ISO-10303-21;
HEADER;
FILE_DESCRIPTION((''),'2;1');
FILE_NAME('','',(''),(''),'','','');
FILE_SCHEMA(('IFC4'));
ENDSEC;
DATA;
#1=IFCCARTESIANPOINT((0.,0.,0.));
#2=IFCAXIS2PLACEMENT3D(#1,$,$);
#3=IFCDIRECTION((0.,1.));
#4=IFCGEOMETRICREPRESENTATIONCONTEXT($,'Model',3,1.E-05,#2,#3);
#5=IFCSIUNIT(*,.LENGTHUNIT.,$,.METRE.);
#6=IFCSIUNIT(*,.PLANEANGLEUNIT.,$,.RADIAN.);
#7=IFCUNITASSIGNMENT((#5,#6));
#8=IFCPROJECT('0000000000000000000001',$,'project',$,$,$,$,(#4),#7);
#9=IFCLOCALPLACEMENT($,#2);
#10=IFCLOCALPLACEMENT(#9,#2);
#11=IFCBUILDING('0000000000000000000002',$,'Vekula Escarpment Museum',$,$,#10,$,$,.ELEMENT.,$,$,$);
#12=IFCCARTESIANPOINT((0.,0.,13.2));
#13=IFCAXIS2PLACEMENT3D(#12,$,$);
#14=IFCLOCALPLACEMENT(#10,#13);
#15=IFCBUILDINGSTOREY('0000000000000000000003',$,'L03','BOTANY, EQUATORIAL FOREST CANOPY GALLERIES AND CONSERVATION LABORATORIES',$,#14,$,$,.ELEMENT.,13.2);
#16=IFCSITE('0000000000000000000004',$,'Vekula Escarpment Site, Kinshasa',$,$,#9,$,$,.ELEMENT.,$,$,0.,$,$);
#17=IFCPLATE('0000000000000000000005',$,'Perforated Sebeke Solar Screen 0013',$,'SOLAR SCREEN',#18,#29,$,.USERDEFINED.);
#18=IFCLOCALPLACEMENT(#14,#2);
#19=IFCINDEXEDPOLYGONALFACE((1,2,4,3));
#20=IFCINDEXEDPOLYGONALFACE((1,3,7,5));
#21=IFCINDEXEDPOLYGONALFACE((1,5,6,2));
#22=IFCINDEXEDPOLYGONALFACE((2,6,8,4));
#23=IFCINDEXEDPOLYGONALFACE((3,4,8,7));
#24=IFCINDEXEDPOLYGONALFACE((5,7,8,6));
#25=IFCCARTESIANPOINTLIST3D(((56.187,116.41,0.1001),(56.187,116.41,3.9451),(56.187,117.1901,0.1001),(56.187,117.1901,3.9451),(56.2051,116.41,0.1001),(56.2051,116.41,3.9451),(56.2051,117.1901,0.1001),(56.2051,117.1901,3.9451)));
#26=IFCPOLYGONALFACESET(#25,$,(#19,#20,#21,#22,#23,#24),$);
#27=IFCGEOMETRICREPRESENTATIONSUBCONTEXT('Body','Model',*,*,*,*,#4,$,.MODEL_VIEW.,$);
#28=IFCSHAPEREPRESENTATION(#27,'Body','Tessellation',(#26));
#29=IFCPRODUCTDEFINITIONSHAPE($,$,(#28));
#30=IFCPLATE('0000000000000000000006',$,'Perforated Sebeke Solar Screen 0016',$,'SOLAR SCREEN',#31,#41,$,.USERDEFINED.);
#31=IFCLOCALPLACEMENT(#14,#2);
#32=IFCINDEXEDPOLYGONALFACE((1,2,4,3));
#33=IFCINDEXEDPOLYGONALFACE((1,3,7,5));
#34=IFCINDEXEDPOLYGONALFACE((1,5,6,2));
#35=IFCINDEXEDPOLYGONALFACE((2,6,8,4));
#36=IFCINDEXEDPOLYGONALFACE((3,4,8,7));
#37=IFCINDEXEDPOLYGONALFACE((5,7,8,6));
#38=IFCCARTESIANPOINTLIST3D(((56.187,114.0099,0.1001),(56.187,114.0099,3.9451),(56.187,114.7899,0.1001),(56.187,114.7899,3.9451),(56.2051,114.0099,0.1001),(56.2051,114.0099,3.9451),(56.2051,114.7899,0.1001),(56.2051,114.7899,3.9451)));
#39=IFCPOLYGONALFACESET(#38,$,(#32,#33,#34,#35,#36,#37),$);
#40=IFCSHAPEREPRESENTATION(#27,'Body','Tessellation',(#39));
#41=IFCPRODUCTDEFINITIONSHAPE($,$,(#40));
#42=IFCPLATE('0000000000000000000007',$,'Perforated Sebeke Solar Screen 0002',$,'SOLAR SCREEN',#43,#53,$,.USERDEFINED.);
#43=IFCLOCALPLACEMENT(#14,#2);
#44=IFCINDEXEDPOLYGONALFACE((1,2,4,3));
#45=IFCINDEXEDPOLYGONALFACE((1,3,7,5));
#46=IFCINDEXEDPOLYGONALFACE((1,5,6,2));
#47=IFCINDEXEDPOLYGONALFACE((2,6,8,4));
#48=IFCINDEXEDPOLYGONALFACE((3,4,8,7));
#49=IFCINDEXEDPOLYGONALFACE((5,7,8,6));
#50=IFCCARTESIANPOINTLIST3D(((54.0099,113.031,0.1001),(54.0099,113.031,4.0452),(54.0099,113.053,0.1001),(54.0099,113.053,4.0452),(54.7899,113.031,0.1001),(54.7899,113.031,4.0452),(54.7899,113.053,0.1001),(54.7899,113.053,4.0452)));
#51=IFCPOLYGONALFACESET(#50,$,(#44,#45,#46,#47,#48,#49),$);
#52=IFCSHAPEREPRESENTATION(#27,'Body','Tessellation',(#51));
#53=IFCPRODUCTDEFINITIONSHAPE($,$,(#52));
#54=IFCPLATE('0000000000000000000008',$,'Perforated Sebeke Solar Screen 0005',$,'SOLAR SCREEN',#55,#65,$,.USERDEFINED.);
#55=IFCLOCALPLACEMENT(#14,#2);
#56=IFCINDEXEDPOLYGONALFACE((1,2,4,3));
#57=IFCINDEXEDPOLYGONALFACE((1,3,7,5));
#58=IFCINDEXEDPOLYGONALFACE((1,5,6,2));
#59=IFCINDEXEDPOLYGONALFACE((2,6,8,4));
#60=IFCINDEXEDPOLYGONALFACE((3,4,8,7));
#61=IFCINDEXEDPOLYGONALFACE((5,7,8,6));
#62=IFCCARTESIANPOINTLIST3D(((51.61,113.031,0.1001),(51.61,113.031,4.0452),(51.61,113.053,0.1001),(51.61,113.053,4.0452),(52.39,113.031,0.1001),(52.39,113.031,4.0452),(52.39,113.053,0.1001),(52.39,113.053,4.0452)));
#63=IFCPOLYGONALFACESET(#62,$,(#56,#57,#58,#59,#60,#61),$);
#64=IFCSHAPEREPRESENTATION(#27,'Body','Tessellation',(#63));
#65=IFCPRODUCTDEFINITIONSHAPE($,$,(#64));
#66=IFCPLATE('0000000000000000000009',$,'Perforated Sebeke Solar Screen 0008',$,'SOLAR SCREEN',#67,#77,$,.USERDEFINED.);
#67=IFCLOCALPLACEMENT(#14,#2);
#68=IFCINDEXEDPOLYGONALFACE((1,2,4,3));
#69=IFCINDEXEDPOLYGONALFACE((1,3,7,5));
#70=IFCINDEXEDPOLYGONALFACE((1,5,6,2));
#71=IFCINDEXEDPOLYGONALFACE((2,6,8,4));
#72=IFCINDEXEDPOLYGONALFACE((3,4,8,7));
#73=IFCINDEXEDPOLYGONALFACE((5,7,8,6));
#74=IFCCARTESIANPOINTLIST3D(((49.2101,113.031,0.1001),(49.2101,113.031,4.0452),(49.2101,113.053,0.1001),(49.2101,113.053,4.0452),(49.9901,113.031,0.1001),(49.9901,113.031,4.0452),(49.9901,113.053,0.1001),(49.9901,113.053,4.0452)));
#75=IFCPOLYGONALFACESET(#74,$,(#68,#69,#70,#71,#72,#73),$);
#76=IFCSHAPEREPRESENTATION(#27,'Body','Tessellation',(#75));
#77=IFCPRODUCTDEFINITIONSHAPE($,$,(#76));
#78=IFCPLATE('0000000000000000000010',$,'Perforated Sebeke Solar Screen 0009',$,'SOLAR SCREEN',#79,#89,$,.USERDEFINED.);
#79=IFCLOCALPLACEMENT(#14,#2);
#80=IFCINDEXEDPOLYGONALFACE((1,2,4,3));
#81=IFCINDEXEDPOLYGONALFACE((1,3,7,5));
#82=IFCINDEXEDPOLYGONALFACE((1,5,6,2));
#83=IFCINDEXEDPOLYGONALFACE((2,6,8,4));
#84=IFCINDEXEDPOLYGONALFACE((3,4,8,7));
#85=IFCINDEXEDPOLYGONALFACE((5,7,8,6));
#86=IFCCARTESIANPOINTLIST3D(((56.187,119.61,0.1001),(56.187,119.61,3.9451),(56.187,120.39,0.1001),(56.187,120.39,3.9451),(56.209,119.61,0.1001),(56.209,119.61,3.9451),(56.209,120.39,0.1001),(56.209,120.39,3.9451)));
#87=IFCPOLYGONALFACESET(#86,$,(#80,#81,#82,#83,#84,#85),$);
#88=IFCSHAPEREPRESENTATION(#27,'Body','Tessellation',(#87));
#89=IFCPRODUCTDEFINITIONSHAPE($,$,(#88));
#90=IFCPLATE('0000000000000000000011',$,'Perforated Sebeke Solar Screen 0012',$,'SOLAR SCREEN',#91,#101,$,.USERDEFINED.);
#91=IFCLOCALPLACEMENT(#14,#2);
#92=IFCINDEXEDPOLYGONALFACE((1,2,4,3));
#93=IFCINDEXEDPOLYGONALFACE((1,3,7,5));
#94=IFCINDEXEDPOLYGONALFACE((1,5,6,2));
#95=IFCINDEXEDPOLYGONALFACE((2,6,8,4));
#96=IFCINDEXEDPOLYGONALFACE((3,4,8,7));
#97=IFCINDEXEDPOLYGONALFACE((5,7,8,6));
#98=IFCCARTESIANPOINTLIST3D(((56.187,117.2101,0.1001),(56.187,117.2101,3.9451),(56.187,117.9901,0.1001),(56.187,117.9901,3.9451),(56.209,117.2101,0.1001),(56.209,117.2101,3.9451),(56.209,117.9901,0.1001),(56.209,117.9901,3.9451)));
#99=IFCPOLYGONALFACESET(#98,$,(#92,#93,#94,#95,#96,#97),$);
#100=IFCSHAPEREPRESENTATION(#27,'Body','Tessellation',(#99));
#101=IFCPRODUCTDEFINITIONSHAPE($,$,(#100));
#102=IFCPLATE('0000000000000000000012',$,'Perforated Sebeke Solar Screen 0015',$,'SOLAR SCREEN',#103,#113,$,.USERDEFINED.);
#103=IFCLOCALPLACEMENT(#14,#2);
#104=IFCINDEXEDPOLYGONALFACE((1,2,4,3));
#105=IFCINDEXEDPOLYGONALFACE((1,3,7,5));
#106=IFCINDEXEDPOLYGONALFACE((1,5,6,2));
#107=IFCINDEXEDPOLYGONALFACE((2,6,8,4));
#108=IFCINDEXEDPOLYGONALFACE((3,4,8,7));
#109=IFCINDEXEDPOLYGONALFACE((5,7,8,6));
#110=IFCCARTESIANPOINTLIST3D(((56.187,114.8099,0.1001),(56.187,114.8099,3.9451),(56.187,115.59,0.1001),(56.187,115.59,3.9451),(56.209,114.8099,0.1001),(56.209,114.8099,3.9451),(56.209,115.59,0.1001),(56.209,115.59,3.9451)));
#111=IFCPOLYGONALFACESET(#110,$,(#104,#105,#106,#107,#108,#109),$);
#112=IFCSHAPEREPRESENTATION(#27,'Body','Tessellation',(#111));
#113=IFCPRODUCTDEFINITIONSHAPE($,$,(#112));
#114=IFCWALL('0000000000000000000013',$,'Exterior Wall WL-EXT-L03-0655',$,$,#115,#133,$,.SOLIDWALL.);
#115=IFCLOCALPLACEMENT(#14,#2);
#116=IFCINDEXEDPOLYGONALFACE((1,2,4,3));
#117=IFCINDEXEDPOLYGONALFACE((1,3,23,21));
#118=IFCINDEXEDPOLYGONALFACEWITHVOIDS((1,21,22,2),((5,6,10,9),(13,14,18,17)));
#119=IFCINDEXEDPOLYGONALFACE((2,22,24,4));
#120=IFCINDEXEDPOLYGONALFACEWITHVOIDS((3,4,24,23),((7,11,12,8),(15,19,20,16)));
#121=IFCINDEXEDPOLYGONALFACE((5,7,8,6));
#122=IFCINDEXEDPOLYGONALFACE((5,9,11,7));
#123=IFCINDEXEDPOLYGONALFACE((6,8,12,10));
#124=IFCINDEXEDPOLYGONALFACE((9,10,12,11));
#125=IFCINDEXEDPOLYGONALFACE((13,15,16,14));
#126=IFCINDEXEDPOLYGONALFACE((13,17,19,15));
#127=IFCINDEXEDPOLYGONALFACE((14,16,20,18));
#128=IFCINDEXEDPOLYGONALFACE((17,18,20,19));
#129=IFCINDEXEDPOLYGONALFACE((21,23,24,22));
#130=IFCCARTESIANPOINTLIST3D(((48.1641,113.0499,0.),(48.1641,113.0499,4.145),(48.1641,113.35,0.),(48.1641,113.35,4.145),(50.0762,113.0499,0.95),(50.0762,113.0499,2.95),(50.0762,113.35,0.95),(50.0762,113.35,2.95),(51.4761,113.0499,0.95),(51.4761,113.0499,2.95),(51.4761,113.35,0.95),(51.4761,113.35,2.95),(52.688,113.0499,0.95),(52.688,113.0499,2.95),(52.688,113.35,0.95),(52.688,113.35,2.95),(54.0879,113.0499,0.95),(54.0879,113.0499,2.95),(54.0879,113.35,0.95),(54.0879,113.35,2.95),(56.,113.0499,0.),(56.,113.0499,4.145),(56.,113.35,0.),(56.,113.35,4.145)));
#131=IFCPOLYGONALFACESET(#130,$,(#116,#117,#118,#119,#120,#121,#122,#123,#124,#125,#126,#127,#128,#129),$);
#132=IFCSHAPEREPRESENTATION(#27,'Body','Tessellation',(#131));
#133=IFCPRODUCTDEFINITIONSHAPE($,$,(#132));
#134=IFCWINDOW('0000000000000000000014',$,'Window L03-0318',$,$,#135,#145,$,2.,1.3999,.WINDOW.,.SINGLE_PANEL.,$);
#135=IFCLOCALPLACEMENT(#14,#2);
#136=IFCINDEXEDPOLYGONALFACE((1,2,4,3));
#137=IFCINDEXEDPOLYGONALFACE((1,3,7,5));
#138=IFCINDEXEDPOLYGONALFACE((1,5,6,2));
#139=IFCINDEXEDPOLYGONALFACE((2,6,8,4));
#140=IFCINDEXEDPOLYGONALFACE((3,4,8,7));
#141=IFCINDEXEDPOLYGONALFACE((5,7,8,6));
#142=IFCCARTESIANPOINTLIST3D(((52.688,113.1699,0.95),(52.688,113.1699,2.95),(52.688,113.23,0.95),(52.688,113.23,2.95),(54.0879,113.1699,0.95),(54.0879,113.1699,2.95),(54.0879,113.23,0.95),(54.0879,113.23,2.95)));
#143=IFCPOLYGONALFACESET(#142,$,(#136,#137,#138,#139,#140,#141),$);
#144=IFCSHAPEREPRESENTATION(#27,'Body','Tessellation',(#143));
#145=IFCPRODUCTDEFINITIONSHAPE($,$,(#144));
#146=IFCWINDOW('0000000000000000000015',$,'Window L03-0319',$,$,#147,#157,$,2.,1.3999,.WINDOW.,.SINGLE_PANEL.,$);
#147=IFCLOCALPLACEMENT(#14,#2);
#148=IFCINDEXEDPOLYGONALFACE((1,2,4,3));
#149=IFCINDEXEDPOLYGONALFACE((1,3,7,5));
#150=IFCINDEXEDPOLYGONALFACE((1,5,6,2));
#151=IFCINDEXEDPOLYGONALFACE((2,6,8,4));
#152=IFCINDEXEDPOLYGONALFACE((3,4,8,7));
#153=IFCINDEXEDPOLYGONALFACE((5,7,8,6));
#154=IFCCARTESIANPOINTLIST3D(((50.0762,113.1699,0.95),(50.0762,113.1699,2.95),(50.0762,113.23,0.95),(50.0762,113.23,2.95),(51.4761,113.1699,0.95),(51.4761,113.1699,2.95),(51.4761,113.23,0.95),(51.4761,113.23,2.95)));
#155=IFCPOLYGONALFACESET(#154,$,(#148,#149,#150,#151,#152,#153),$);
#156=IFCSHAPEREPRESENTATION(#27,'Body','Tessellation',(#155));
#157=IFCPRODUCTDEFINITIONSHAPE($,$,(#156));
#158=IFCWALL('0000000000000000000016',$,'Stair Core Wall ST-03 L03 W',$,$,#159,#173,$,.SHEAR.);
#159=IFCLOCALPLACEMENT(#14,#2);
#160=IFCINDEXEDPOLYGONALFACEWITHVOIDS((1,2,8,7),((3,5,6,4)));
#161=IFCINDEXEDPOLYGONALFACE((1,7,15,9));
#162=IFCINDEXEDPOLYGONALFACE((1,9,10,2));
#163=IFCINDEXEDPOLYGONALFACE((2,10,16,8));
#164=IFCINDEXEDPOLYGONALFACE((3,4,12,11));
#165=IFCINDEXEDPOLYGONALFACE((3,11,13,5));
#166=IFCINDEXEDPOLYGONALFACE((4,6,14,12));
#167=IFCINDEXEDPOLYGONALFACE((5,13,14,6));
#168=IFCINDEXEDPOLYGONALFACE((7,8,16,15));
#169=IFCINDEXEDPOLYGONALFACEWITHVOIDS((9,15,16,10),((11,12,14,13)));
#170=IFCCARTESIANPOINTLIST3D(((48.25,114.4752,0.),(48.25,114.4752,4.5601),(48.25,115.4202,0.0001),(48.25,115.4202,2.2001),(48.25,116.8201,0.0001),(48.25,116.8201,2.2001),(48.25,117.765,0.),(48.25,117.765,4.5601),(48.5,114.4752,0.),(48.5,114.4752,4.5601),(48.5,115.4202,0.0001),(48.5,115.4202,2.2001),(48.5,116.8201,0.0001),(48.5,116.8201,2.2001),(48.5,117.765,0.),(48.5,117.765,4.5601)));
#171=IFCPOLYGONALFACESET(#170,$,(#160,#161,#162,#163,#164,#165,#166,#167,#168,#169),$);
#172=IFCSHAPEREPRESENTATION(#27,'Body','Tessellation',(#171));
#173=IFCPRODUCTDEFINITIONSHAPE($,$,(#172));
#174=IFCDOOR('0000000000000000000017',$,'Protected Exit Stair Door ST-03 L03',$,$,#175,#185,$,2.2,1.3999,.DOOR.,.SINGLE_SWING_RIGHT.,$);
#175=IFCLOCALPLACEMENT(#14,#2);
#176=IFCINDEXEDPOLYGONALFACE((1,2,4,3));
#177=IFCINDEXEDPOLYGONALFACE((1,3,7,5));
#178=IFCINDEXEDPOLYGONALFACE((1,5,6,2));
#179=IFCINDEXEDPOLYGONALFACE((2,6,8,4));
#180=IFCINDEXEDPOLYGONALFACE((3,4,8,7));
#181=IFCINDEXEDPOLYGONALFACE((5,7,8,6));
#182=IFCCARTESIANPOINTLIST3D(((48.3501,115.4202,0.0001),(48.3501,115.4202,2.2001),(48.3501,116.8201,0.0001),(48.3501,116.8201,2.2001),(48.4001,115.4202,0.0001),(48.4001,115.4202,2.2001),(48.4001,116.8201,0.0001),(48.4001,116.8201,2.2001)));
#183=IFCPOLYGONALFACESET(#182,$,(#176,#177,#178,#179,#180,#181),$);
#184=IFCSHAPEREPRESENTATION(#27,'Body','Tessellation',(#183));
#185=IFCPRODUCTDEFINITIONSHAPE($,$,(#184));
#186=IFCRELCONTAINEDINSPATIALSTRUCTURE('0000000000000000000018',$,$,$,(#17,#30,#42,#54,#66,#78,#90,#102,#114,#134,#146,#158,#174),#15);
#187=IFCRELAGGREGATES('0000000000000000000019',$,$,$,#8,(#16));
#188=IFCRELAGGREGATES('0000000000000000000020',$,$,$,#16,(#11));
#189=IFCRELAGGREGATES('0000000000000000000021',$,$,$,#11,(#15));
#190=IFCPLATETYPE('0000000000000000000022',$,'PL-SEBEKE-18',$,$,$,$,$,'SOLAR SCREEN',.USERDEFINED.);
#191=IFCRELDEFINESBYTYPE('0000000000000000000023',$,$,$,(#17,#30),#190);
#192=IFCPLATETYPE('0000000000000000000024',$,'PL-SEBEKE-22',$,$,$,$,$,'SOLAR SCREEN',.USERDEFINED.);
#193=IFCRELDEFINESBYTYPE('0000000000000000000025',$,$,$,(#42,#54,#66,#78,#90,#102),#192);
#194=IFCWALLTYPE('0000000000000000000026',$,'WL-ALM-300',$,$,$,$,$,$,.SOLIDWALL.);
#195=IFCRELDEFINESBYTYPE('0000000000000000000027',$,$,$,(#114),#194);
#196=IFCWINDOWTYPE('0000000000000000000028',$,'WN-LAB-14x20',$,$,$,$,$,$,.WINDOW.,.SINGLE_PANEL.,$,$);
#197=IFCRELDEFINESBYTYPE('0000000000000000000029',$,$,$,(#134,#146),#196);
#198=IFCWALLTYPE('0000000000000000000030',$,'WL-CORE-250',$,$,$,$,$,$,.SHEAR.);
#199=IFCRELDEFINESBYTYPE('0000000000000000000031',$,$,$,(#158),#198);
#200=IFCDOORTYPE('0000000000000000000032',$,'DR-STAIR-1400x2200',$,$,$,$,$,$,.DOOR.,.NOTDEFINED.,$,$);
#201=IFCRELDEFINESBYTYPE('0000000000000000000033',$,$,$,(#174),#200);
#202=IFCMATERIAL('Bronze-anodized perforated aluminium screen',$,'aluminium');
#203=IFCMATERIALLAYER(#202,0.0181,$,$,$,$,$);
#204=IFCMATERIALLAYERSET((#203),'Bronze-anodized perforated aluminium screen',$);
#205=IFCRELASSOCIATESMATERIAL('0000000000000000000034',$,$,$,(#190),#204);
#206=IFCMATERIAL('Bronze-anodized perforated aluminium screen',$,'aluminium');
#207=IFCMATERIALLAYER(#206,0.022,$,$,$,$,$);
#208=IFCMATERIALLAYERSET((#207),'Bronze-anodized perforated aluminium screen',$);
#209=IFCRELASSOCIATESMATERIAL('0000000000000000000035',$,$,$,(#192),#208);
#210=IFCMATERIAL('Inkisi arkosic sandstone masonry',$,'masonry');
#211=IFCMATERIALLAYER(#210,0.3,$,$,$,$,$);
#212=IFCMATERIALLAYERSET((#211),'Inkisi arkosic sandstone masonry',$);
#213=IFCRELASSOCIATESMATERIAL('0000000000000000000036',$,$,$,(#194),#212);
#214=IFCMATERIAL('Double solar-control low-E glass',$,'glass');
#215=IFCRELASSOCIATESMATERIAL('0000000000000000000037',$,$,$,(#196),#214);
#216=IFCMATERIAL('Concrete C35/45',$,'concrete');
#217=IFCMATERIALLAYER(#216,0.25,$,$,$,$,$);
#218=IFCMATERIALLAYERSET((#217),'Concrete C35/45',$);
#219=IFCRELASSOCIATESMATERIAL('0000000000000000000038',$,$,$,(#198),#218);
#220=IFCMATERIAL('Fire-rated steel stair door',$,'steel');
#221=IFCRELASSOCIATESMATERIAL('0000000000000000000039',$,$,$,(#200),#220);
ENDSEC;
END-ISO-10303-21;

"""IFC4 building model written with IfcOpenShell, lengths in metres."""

from ifc_helpers import new_model, si_unit, direction, frame, frame_2d, origin, origin_2d, place, context, subcontext, project, spatial, rectangle, extrude, material, layer, layer_set, type_object, element, fill, save


model = new_model("IFC4")

# Units and contexts
model_context = context("Model", 3, precision=1e-05, world=origin(), true_north=direction((0.0, 1.0)))
body_context = subcontext(model_context, "Body", "Model", "MODEL_VIEW")
ifc_project = project(units=[si_unit("LENGTHUNIT", "METRE"), si_unit("PLANEANGLEUNIT", "RADIAN")], contexts=[model_context])

# Site, building, storey
site_placement = place(None, origin())
site = spatial("IfcSite", under=ifc_project, at=site_placement, Name="Vekula Escarpment Site, Kinshasa", CompositionType="ELEMENT", RefElevation=0.0)
building_placement = place(site_placement, origin())
building = spatial("IfcBuilding", under=site, at=building_placement, Name="Vekula Escarpment Museum", CompositionType="ELEMENT")
storey_placement = place(building_placement, frame((0.0, 0.0, 13.2)))
storey = spatial("IfcBuildingStorey", under=building, at=storey_placement, Name="L03", Description="BOTANY, EQUATORIAL FOREST CANOPY GALLERIES AND CONSERVATION LABORATORIES", CompositionType="ELEMENT", Elevation=13.2)

# Plates
ifc_material_1 = material(Name="Bronze-anodized perforated aluminium screen", Category="aluminium")
ifc_layer_1 = layer(ifc_material_1, 0.0181)
ifc_layer_set_1 = layer_set([ifc_layer_1], Name="Bronze-anodized perforated aluminium screen")
plate_type_1 = type_object("IfcPlateType", Name="PL-SEBEKE-18", ElementType="SOLAR SCREEN", PredefinedType="USERDEFINED", material=ifc_layer_set_1)
for number, where, z_axis, x_axis, name in (
    (1, (56.196, 116.8, 0.1001), (0.0, 0.0, 1.0), (0.0, 1.0, 0.0), "Perforated Sebeke Solar Screen 0013"),
    (2, (56.196, 114.3999, 0.1001), (0.0, 0.0, 1.0), (0.0, 1.0, 0.0), "Perforated Sebeke Solar Screen 0016"),
):
    element("IfcPlate", number, at=place(storey_placement, frame(where, z_axis=z_axis, x_axis=x_axis)), inside=storey, type_object=plate_type_1, Name=name, ObjectType="SOLAR SCREEN", PredefinedType="USERDEFINED", context=body_context, shape_type="SweptSolid", body=[
        extrude(rectangle(XDim=0.78, YDim=0.0181, at=origin_2d()), origin(), (0.0, 0.0, 1.0), 3.845),
    ])
ifc_material_2 = material(Name="Bronze-anodized perforated aluminium screen", Category="aluminium")
ifc_layer_2 = layer(ifc_material_2, 0.022)
ifc_layer_set_2 = layer_set([ifc_layer_2], Name="Bronze-anodized perforated aluminium screen")
plate_type_2 = type_object("IfcPlateType", Name="PL-SEBEKE-22", ElementType="SOLAR SCREEN", PredefinedType="USERDEFINED", material=ifc_layer_set_2)
for number, where, z_axis, x_axis, name in (
    (3, (54.3999, 113.042, 0.1001), (0.0, 0.0, 1.0), (1.0, 0.0, 0.0), "Perforated Sebeke Solar Screen 0002"),
    (4, (52.0, 113.042, 0.1001), (0.0, 0.0, 1.0), (1.0, 0.0, 0.0), "Perforated Sebeke Solar Screen 0005"),
    (5, (49.6001, 113.042, 0.1001), (0.0, 0.0, 1.0), (1.0, 0.0, 0.0), "Perforated Sebeke Solar Screen 0008"),
):
    element("IfcPlate", number, at=place(storey_placement, frame(where, z_axis=z_axis, x_axis=x_axis)), inside=storey, type_object=plate_type_2, Name=name, ObjectType="SOLAR SCREEN", PredefinedType="USERDEFINED", context=body_context, shape_type="SweptSolid", body=[
        extrude(rectangle(XDim=0.78, YDim=0.022, at=origin_2d()), origin(), (0.0, 0.0, 1.0), 3.9451),
    ])
for number, where, z_axis, x_axis, name in (
    (6, (56.198, 120.0, 0.1001), (0.0, 0.0, 1.0), (0.0, 1.0, 0.0), "Perforated Sebeke Solar Screen 0009"),
    (7, (56.198, 117.6001, 0.1001), (0.0, 0.0, 1.0), (0.0, 1.0, 0.0), "Perforated Sebeke Solar Screen 0012"),
    (8, (56.198, 115.2, 0.1001), (0.0, 0.0, 1.0), (0.0, 1.0, 0.0), "Perforated Sebeke Solar Screen 0015"),
):
    element("IfcPlate", number, at=place(storey_placement, frame(where, z_axis=z_axis, x_axis=x_axis)), inside=storey, type_object=plate_type_2, Name=name, ObjectType="SOLAR SCREEN", PredefinedType="USERDEFINED", context=body_context, shape_type="SweptSolid", body=[
        extrude(rectangle(XDim=0.78, YDim=0.022, at=origin_2d()), origin(), (0.0, 0.0, 1.0), 3.845),
    ])

# Wall, openings, windows
ifc_material_3 = material(Name="Inkisi arkosic sandstone masonry", Category="masonry")
ifc_layer_3 = layer(ifc_material_3, 0.3)
ifc_layer_set_3 = layer_set([ifc_layer_3], Name="Inkisi arkosic sandstone masonry")
wall_type_1 = type_object("IfcWallType", Name="WL-ALM-300", PredefinedType="SOLIDWALL", material=ifc_layer_set_3)
wall_1_placement = place(storey_placement, frame((56.0, 113.2, 0.0), z_axis=(0.0, 0.0, 1.0), x_axis=(-1.0, 0.0, 0.0)))
wall_1 = element("IfcWall", 9, at=wall_1_placement, inside=storey, type_object=wall_type_1, Name="Exterior Wall WL-EXT-L03-0655", PredefinedType="SOLIDWALL", context=body_context, shape_type="SweptSolid", body=[
    extrude(rectangle(XDim=7.8359, YDim=0.3, at=frame_2d((3.918, 0.0))), origin(), (0.0, 0.0, 1.0), 4.145),
])
opening_1_placement = place(wall_1_placement, frame((1.9121, 0.0, 0.95)))
opening_1 = element("IfcOpeningElement", 10, at=opening_1_placement, cuts=wall_1, PredefinedType="OPENING", context=body_context, shape_type="SweptSolid", body=[
    extrude(rectangle(XDim=1.3999, YDim=2.0, at=frame_2d((0.7, 1.0))), frame((0.0, 0.1599, 0.0), z_axis=(0.0, -1.0, 0.0), x_axis=(1.0, 0.0, 0.0)), (0.0, 0.0, 1.0), 0.3201),
])
opening_2_placement = place(wall_1_placement, frame((4.5239, 0.0, 0.95)))
opening_2 = element("IfcOpeningElement", 11, at=opening_2_placement, cuts=wall_1, PredefinedType="OPENING", context=body_context, shape_type="SweptSolid", body=[
    extrude(rectangle(XDim=1.3999, YDim=2.0, at=frame_2d((0.7, 1.0))), frame((0.0, 0.1599, 0.0), z_axis=(0.0, -1.0, 0.0), x_axis=(1.0, 0.0, 0.0)), (0.0, 0.0, 1.0), 0.3201),
])
ifc_material_4 = material(Name="Double solar-control low-E glass", Category="glass")
window_type = type_object("IfcWindowType", Name="WN-LAB-14x20", PartitioningType="SINGLE_PANEL", PredefinedType="WINDOW", material=ifc_material_4)
window_1_placement = place(opening_1_placement, origin())
window_1 = element("IfcWindow", 12, at=window_1_placement, inside=storey, type_object=window_type, Name="Window L03-0318", OverallHeight=2.0, OverallWidth=1.3999, PartitioningType="SINGLE_PANEL", PredefinedType="WINDOW", context=body_context, shape_type="SweptSolid", body=[
    extrude(rectangle(XDim=1.3999, YDim=2.0, at=frame_2d((0.7, 1.0))), frame((0.0, 0.03, 0.0), z_axis=(0.0, -1.0, 0.0), x_axis=(1.0, 0.0, 0.0)), (0.0, 0.0, 1.0), 0.0601),
])
fill(opening_1, window_1)
window_2_placement = place(opening_2_placement, origin())
window_2 = element("IfcWindow", 13, at=window_2_placement, inside=storey, type_object=window_type, Name="Window L03-0319", OverallHeight=2.0, OverallWidth=1.3999, PartitioningType="SINGLE_PANEL", PredefinedType="WINDOW", context=body_context, shape_type="SweptSolid", body=[
    extrude(rectangle(XDim=1.3999, YDim=2.0, at=frame_2d((0.7, 1.0))), frame((0.0, 0.03, 0.0), z_axis=(0.0, -1.0, 0.0), x_axis=(1.0, 0.0, 0.0)), (0.0, 0.0, 1.0), 0.0601),
])
fill(opening_2, window_2)

# Wall, opening, door
ifc_material_5 = material(Name="Concrete C35/45", Category="concrete")
ifc_layer_4 = layer(ifc_material_5, 0.25)
ifc_layer_set_4 = layer_set([ifc_layer_4], Name="Concrete C35/45")
wall_type_2 = type_object("IfcWallType", Name="WL-CORE-250", PredefinedType="SHEAR", material=ifc_layer_set_4)
wall_2_placement = place(storey_placement, frame((48.375, 114.4751, 0.0), z_axis=(0.0, 0.0, 1.0), x_axis=(0.0, 1.0, 0.0)))
wall_2 = element("IfcWall", 14, at=wall_2_placement, inside=storey, type_object=wall_type_2, Name="Stair Core Wall ST-03 L03 W", PredefinedType="SHEAR", context=body_context, shape_type="SweptSolid", body=[
    extrude(rectangle(XDim=3.2898, YDim=0.25, at=frame_2d((1.645, 0.0))), origin(), (0.0, 0.0, 1.0), 4.5601),
])
opening_3_placement = place(wall_2_placement, frame((0.9451, 0.0, 0.0)))
opening_3 = element("IfcOpeningElement", 15, at=opening_3_placement, cuts=wall_2, PredefinedType="OPENING", context=body_context, shape_type="SweptSolid", body=[
    extrude(rectangle(XDim=1.3999, YDim=2.2, at=frame_2d((0.7, 1.1001))), frame((0.0, 0.135, 0.0), z_axis=(0.0, -1.0, 0.0), x_axis=(1.0, 0.0, 0.0)), (0.0, 0.0, 1.0), 0.27),
])
ifc_material_6 = material(Name="Fire-rated steel stair door", Category="steel")
door_type = type_object("IfcDoorType", Name="DR-STAIR-1400x2200", OperationType="NOTDEFINED", PredefinedType="DOOR", material=ifc_material_6)
door_placement = place(opening_3_placement, origin())
door = element("IfcDoor", 16, at=door_placement, inside=storey, type_object=door_type, Name="Protected Exit Stair Door ST-03 L03", OperationType="SINGLE_SWING_RIGHT", OverallHeight=2.2, OverallWidth=1.3999, PredefinedType="DOOR", context=body_context, shape_type="SweptSolid", body=[
    extrude(rectangle(XDim=1.3999, YDim=2.2, at=frame_2d((0.7, 1.1001))), frame((0.0, 0.0249, 0.0), z_axis=(0.0, -1.0, 0.0), x_axis=(1.0, 0.0, 0.0)), (0.0, 0.0, 1.0), 0.05),
])
fill(opening_3, door)

save(model, "model.ifc")
